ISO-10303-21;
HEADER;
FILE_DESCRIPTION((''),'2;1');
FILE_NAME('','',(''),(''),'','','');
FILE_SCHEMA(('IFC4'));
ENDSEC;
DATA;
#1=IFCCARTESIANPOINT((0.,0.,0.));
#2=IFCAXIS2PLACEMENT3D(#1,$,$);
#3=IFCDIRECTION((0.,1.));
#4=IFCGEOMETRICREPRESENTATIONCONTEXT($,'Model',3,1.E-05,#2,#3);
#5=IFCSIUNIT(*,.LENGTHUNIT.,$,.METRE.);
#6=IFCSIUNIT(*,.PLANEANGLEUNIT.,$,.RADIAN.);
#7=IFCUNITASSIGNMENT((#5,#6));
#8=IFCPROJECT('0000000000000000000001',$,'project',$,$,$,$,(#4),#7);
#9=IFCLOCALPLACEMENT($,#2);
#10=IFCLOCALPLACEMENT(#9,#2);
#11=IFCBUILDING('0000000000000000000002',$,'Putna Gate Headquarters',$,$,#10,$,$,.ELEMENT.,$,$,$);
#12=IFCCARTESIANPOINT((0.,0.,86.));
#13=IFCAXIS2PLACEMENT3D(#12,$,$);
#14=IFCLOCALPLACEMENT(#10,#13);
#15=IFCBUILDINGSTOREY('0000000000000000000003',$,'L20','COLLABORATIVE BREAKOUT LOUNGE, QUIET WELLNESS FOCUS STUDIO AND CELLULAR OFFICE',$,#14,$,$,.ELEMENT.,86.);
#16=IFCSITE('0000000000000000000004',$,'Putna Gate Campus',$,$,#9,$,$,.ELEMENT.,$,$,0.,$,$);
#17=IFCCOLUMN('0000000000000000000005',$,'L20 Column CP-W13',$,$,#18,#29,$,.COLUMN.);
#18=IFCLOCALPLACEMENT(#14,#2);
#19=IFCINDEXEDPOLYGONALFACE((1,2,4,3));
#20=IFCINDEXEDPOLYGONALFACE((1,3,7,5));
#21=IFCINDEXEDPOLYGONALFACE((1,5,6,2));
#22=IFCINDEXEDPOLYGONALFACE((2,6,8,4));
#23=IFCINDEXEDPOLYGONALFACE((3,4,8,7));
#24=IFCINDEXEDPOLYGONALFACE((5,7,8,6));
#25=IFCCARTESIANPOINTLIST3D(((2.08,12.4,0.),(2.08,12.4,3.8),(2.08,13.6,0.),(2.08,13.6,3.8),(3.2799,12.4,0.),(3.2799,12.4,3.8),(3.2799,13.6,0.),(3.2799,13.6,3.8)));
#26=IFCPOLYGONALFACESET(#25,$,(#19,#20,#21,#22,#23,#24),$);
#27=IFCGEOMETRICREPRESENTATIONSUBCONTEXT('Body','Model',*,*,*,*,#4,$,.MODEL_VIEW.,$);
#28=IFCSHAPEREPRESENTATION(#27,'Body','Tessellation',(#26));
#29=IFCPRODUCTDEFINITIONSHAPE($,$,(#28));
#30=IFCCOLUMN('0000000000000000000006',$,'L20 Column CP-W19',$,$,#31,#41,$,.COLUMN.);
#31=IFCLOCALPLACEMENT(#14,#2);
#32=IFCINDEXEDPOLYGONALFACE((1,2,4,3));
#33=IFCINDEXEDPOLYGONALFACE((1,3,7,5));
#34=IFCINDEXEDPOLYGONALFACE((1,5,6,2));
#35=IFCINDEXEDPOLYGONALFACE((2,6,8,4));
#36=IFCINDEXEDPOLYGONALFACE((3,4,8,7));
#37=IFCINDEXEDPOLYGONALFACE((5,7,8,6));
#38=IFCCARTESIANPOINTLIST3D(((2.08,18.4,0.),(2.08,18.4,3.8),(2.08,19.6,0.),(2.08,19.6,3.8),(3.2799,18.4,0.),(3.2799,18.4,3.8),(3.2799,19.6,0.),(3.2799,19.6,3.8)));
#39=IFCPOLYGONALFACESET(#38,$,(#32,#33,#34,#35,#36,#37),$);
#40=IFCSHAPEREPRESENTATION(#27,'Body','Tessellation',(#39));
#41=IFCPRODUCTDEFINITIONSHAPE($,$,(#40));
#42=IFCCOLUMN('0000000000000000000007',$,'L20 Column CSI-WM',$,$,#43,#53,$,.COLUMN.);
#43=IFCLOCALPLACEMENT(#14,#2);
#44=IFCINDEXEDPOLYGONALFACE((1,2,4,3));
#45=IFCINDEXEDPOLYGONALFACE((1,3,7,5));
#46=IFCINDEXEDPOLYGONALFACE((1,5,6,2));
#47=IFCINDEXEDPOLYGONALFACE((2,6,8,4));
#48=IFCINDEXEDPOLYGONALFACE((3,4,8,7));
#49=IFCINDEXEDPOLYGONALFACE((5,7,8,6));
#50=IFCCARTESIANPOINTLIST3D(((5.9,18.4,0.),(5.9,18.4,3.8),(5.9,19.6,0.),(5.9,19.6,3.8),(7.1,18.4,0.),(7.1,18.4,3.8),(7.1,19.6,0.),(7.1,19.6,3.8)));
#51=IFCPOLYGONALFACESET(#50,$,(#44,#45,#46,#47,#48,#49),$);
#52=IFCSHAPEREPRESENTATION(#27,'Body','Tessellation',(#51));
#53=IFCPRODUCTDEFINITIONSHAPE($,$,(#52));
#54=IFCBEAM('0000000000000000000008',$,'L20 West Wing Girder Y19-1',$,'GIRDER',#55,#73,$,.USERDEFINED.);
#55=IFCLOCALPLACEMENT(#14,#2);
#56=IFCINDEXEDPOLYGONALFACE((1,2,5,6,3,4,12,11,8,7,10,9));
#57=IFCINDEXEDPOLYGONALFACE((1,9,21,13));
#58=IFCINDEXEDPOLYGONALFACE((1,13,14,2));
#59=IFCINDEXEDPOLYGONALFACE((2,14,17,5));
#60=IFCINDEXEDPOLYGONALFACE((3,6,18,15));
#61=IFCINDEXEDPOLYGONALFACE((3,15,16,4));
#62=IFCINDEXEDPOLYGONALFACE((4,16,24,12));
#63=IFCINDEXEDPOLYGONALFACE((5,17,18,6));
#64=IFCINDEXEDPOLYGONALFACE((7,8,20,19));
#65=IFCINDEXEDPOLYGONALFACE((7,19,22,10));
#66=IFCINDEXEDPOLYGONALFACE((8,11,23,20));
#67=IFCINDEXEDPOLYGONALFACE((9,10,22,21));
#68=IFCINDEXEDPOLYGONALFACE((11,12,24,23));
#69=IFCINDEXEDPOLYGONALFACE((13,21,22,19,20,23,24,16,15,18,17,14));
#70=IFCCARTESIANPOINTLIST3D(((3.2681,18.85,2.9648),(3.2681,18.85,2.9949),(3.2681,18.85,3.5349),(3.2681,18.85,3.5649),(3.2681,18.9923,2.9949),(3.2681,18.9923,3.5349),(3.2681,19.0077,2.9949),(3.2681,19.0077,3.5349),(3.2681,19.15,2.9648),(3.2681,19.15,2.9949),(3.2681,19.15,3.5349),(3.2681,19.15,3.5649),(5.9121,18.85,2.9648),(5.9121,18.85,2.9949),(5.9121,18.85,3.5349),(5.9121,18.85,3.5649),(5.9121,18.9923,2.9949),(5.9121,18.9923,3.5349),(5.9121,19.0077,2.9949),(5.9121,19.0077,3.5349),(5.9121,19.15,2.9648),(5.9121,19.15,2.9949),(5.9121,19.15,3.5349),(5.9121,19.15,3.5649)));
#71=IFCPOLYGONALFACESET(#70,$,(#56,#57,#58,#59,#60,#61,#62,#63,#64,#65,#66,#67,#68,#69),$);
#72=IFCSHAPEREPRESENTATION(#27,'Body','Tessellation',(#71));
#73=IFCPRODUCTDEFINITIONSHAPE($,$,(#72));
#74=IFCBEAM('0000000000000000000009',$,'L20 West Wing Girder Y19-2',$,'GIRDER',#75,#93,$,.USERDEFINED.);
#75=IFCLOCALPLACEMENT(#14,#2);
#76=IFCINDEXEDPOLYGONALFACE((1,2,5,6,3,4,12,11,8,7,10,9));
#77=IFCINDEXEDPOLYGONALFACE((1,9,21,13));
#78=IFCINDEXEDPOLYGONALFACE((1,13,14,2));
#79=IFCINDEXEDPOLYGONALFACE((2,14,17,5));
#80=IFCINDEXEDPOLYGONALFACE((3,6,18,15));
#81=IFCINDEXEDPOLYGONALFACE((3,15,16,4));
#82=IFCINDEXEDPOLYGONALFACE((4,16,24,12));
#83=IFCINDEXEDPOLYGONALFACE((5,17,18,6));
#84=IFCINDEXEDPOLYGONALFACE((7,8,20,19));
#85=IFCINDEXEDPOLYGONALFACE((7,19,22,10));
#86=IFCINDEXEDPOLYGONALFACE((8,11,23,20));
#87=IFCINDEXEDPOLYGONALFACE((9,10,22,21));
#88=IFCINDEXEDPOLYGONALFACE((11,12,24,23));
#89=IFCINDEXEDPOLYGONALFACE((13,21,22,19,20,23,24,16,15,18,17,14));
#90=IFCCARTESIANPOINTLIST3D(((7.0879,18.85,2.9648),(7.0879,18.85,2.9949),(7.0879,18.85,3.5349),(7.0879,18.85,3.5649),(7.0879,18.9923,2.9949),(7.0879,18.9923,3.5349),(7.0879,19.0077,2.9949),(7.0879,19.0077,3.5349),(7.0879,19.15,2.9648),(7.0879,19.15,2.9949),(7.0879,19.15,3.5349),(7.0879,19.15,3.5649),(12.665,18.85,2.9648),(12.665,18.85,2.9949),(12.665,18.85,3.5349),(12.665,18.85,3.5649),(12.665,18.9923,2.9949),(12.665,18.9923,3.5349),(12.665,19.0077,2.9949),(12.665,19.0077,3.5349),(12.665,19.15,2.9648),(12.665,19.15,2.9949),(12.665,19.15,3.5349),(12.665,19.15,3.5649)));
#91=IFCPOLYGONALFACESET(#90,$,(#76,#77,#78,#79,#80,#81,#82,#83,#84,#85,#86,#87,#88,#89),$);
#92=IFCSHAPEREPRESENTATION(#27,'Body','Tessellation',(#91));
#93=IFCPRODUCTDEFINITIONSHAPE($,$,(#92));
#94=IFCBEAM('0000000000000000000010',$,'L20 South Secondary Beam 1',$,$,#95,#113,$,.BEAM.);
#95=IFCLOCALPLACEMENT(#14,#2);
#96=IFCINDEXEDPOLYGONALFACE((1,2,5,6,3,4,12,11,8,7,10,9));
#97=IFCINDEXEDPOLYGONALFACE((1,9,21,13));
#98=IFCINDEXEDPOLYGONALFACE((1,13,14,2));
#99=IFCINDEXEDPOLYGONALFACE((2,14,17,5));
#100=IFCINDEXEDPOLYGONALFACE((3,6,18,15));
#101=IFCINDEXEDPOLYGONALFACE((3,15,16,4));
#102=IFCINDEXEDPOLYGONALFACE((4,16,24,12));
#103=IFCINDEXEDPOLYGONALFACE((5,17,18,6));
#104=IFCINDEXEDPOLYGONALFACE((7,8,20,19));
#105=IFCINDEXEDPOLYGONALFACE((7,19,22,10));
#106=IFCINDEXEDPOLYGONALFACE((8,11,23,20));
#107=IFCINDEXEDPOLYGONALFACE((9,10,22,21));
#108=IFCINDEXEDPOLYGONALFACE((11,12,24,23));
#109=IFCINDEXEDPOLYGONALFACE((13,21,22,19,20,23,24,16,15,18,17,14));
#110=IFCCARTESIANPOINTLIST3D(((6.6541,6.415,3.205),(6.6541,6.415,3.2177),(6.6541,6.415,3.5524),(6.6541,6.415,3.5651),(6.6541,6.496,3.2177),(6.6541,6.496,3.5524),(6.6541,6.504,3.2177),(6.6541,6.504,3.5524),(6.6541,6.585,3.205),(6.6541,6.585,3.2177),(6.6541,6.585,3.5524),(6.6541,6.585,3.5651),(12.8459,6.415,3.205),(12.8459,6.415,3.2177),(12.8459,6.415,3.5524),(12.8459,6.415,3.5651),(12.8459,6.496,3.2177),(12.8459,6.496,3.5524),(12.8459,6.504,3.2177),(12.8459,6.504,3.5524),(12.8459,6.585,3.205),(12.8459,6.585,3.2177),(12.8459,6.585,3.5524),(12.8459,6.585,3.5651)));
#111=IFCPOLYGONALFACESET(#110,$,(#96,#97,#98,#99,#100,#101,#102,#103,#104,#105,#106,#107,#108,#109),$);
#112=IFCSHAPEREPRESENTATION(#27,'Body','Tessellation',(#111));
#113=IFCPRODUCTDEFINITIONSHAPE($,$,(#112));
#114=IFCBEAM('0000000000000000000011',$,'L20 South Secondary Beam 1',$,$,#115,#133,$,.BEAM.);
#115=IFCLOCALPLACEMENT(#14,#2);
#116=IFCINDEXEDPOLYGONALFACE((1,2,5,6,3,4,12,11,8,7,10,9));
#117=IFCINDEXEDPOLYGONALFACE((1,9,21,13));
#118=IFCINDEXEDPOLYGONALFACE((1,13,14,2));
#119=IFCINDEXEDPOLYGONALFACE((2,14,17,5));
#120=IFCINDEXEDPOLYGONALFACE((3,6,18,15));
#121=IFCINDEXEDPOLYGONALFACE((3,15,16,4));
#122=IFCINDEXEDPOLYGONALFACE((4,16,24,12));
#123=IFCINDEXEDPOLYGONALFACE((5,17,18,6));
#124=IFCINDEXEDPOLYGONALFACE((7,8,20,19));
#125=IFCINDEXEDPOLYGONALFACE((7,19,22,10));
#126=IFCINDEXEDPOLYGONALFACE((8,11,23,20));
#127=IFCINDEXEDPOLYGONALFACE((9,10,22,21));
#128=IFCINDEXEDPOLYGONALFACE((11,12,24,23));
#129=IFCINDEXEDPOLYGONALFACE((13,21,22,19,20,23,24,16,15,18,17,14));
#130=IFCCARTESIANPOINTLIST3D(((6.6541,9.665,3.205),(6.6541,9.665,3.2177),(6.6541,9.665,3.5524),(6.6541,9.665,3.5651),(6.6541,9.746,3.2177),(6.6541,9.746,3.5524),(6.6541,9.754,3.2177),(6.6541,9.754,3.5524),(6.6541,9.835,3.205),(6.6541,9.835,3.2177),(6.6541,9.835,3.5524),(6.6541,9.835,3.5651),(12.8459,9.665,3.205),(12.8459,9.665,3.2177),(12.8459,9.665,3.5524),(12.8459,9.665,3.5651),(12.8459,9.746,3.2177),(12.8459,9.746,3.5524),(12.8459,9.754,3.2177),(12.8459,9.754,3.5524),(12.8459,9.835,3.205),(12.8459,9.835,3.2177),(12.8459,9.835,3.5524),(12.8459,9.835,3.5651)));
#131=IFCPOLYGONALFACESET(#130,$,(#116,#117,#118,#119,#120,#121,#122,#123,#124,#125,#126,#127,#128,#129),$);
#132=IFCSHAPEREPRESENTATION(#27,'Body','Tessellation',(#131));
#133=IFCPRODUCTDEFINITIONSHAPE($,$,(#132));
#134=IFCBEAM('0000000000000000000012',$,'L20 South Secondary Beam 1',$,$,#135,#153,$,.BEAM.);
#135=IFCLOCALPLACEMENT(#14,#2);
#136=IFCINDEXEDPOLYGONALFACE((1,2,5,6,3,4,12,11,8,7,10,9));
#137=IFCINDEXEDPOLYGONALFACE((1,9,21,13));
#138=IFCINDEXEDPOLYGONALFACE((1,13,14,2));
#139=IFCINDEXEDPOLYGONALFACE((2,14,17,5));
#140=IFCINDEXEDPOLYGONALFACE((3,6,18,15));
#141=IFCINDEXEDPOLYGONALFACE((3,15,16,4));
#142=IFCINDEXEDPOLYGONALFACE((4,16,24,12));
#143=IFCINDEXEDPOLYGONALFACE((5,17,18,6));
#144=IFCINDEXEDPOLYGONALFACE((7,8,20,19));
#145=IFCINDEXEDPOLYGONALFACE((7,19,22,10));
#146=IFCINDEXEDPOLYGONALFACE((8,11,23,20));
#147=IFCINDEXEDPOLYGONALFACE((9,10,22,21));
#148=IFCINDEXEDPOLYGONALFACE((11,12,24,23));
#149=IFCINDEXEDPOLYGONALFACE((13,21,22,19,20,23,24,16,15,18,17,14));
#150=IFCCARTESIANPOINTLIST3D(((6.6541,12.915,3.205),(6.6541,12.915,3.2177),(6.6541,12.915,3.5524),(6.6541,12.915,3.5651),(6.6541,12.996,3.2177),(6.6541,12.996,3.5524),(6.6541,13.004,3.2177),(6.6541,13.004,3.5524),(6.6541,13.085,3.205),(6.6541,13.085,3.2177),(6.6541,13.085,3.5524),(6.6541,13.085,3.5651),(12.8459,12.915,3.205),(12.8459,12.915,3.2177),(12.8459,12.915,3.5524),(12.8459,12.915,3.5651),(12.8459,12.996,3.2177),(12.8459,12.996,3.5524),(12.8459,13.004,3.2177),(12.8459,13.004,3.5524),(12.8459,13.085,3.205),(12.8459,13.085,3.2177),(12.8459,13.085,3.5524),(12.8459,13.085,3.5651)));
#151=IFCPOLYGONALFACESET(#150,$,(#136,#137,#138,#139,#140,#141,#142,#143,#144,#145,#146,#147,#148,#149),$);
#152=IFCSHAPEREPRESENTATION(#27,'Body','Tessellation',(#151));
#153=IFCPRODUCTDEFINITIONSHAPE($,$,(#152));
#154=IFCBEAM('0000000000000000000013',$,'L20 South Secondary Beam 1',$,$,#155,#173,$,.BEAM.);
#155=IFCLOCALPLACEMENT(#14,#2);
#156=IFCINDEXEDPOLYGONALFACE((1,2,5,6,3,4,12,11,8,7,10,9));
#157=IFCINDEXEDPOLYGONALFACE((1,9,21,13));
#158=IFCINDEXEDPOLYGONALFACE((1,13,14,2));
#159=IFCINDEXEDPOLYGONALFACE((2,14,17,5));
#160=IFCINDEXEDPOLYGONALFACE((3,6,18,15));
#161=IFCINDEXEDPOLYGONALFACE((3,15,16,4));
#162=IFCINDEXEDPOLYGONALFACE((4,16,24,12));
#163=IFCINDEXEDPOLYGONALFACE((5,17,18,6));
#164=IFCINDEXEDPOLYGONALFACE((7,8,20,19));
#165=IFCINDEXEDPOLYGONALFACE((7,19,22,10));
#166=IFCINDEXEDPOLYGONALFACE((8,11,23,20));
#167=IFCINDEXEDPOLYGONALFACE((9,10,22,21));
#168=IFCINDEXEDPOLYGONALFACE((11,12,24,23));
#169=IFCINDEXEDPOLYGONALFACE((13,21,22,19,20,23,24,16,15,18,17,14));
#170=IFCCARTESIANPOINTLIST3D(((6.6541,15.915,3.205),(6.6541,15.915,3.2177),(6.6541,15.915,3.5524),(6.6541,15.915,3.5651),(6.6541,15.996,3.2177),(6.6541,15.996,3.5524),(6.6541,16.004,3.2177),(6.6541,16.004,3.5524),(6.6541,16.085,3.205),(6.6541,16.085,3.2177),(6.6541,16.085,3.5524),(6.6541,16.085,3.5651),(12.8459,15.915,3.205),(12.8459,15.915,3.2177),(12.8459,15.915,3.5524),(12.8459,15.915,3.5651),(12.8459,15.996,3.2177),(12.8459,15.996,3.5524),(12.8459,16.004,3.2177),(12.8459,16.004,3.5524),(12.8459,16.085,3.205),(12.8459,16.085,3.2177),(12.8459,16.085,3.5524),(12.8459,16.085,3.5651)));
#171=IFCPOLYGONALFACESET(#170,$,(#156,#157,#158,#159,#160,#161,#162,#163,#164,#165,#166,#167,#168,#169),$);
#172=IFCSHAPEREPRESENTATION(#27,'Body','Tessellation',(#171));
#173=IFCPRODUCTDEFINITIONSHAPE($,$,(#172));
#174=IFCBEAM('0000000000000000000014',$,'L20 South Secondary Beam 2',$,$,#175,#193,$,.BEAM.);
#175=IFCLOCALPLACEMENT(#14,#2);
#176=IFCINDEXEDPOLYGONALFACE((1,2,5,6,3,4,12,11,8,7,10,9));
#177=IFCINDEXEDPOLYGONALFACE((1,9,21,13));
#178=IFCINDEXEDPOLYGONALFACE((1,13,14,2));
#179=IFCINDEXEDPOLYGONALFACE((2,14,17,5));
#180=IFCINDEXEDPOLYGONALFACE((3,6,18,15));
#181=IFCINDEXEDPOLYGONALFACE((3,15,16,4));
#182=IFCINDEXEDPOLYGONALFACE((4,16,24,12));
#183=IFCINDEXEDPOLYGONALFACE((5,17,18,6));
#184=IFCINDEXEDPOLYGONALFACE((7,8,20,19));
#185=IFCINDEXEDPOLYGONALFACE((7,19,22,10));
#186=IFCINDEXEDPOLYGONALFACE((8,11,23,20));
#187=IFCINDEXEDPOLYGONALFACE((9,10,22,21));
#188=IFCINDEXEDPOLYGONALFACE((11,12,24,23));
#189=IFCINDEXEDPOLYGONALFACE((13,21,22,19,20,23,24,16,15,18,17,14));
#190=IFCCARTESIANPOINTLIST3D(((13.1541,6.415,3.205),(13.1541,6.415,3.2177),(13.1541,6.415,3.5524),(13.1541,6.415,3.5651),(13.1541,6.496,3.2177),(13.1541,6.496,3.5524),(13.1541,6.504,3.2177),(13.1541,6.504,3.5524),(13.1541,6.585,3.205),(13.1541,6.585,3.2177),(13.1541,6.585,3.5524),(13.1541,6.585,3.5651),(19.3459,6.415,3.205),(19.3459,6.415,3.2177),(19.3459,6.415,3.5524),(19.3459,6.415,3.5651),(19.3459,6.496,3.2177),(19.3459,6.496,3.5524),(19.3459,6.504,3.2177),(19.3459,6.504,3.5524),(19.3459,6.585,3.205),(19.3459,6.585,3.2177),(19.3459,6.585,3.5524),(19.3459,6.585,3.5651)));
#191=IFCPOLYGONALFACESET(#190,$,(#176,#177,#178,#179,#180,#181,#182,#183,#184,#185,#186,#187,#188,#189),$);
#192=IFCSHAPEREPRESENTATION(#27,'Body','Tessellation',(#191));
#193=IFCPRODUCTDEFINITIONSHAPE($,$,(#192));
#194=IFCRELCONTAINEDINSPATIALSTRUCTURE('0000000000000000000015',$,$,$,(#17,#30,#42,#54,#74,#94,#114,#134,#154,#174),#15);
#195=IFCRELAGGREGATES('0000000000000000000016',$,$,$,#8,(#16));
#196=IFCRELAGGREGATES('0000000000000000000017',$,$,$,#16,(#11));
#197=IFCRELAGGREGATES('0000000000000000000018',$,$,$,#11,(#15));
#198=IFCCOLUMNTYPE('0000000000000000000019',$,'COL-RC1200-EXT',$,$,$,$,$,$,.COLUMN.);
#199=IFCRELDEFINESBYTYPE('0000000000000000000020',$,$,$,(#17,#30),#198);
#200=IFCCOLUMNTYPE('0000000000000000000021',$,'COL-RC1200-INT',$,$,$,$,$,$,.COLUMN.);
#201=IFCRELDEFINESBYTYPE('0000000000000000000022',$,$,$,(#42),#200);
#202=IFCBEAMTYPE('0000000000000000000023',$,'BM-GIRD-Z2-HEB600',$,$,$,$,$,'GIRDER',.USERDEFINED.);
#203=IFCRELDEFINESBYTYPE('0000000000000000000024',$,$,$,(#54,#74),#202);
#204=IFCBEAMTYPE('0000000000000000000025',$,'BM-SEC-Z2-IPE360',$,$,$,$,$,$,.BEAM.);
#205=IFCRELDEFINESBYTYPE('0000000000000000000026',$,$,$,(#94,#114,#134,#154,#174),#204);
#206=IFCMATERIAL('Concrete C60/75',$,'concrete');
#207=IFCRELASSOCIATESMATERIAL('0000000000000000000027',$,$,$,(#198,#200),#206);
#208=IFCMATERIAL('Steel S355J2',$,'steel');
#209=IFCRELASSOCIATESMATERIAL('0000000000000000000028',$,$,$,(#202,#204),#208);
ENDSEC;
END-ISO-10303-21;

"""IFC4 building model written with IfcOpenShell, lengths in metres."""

from ifc_helpers import new_model, si_unit, direction, frame, origin, origin_2d, place, context, subcontext, project, spatial, rectangle, i_section, extrude, material, material_profile, profile_set, type_object, element, save


model = new_model("IFC4")

# Units and contexts
model_context = context("Model", 3, precision=1e-05, world=origin(), true_north=direction((0.0, 1.0)))
body_context = subcontext(model_context, "Body", "Model", "MODEL_VIEW")
ifc_project = project(units=[si_unit("LENGTHUNIT", "METRE"), si_unit("PLANEANGLEUNIT", "RADIAN")], contexts=[model_context])

# Site, building, storey
site_placement = place(None, origin())
site = spatial("IfcSite", under=ifc_project, at=site_placement, Name="Putna Gate Campus", CompositionType="ELEMENT", RefElevation=0.0)
building_placement = place(site_placement, origin())
building = spatial("IfcBuilding", under=site, at=building_placement, Name="Putna Gate Headquarters", CompositionType="ELEMENT")
storey_placement = place(building_placement, frame((0.0, 0.0, 86.0)))
storey = spatial("IfcBuildingStorey", under=building, at=storey_placement, Name="L20", Description="COLLABORATIVE BREAKOUT LOUNGE, QUIET WELLNESS FOCUS STUDIO AND CELLULAR OFFICE", CompositionType="ELEMENT", Elevation=86.0)

# Columns
ifc_material_1 = material(Name="Concrete C60/75", Category="concrete")
ifc_material_profile_1 = material_profile(ifc_material_1, rectangle(XDim=1.2, YDim=1.2, at=origin_2d()), Name="Concrete C60/75")
ifc_profile_set_1 = profile_set([ifc_material_profile_1], Name="Concrete C60/75")
column_type_1 = type_object("IfcColumnType", Name="COL-RC1200-EXT", PredefinedType="COLUMN", material=ifc_profile_set_1)
for number, where, z_axis, x_axis, name in (
    (1, (2.6799, 13.0, 0.0), (0.0, 0.0, 1.0), (1.0, 0.0, 0.0), "L20 Column CP-W13"),
    (2, (2.6799, 19.0, 0.0), (0.0, 0.0, 1.0), (1.0, 0.0, 0.0), "L20 Column CP-W19"),
):
    element("IfcColumn", number, at=place(storey_placement, frame(where, z_axis=z_axis, x_axis=x_axis)), inside=storey, type_object=column_type_1, Name=name, PredefinedType="COLUMN", context=body_context, shape_type="SweptSolid", body=[
        extrude(rectangle(XDim=1.2, YDim=1.2, at=origin_2d()), origin(), (0.0, 0.0, 1.0), 3.8),
    ])
ifc_material_profile_2 = material_profile(ifc_material_1, rectangle(XDim=1.2, YDim=1.2, at=origin_2d()), Name="Concrete C60/75")
ifc_profile_set_2 = profile_set([ifc_material_profile_2], Name="Concrete C60/75")
column_type_2 = type_object("IfcColumnType", Name="COL-RC1200-INT", PredefinedType="COLUMN", material=ifc_profile_set_2)
column_placement = place(storey_placement, frame((6.5, 19.0, 0.0), z_axis=(0.0, 0.0, 1.0), x_axis=(1.0, 0.0, 0.0)))
element("IfcColumn", 3, at=column_placement, inside=storey, type_object=column_type_2, Name="L20 Column CSI-WM", PredefinedType="COLUMN", context=body_context, shape_type="SweptSolid", body=[
    extrude(rectangle(XDim=1.2, YDim=1.2, at=origin_2d()), origin(), (0.0, 0.0, 1.0), 3.8),
])

# Beams
ifc_material_2 = material(Name="Steel S355J2", Category="steel")
ifc_material_profile_3 = material_profile(ifc_material_2, i_section(OverallWidth=0.3, OverallDepth=0.6001, WebThickness=0.0154, FlangeThickness=0.03, at=origin_2d()), Name="Steel S355J2")
ifc_profile_set_3 = profile_set([ifc_material_profile_3], Name="Steel S355J2")
beam_type_1 = type_object("IfcBeamType", Name="BM-GIRD-Z2-HEB600", ElementType="GIRDER", PredefinedType="USERDEFINED", material=ifc_profile_set_3)
beam_1_placement = place(storey_placement, frame((3.2681, 19.0, 3.2649), z_axis=(1.0, 0.0, 0.0), x_axis=(0.0, 1.0, 0.0)))
element("IfcBeam", 4, at=beam_1_placement, inside=storey, type_object=beam_type_1, Name="L20 West Wing Girder Y19-1", ObjectType="GIRDER", PredefinedType="USERDEFINED", context=body_context, shape_type="SweptSolid", body=[
    extrude(i_section(OverallWidth=0.3, OverallDepth=0.6001, WebThickness=0.0154, FlangeThickness=0.03, at=origin_2d()), origin(), (0.0, 0.0, 1.0), 2.644),
])
beam_2_placement = place(storey_placement, frame((7.0879, 19.0, 3.2649), z_axis=(1.0, 0.0, 0.0), x_axis=(0.0, 1.0, 0.0)))
element("IfcBeam", 5, at=beam_2_placement, inside=storey, type_object=beam_type_1, Name="L20 West Wing Girder Y19-2", ObjectType="GIRDER", PredefinedType="USERDEFINED", context=body_context, shape_type="SweptSolid", body=[
    extrude(i_section(OverallWidth=0.3, OverallDepth=0.6001, WebThickness=0.0154, FlangeThickness=0.03, at=origin_2d()), origin(), (0.0, 0.0, 1.0), 5.5771),
])
ifc_material_profile_4 = material_profile(ifc_material_2, i_section(OverallWidth=0.1699, OverallDepth=0.3601, WebThickness=0.0081, FlangeThickness=0.0127, at=origin_2d()), Name="Steel S355J2")
ifc_profile_set_4 = profile_set([ifc_material_profile_4], Name="Steel S355J2")
beam_type_2 = type_object("IfcBeamType", Name="BM-SEC-Z2-IPE360", PredefinedType="BEAM", material=ifc_profile_set_4)
for number, where, z_axis, x_axis, name in (
    (6, (6.6541, 6.5, 3.385), (1.0, 0.0, 0.0), (0.0, 1.0, 0.0), "L20 South Secondary Beam 1"),
    (7, (6.6541, 9.75, 3.385), (1.0, 0.0, 0.0), (0.0, 1.0, 0.0), "L20 South Secondary Beam 1"),
    (8, (6.6541, 13.0, 3.385), (1.0, 0.0, 0.0), (0.0, 1.0, 0.0), "L20 South Secondary Beam 1"),
    (9, (6.6541, 16.0, 3.385), (1.0, 0.0, 0.0), (0.0, 1.0, 0.0), "L20 South Secondary Beam 1"),
    (10, (13.1541, 6.5, 3.385), (1.0, 0.0, 0.0), (0.0, 1.0, 0.0), "L20 South Secondary Beam 2"),
):
    element("IfcBeam", number, at=place(storey_placement, frame(where, z_axis=z_axis, x_axis=x_axis)), inside=storey, type_object=beam_type_2, Name=name, PredefinedType="BEAM", context=body_context, shape_type="SweptSolid", body=[
        extrude(i_section(OverallWidth=0.1699, OverallDepth=0.3601, WebThickness=0.0081, FlangeThickness=0.0127, at=origin_2d()), origin(), (0.0, 0.0, 1.0), 6.1919),
    ])

save(model, "model.ifc")
